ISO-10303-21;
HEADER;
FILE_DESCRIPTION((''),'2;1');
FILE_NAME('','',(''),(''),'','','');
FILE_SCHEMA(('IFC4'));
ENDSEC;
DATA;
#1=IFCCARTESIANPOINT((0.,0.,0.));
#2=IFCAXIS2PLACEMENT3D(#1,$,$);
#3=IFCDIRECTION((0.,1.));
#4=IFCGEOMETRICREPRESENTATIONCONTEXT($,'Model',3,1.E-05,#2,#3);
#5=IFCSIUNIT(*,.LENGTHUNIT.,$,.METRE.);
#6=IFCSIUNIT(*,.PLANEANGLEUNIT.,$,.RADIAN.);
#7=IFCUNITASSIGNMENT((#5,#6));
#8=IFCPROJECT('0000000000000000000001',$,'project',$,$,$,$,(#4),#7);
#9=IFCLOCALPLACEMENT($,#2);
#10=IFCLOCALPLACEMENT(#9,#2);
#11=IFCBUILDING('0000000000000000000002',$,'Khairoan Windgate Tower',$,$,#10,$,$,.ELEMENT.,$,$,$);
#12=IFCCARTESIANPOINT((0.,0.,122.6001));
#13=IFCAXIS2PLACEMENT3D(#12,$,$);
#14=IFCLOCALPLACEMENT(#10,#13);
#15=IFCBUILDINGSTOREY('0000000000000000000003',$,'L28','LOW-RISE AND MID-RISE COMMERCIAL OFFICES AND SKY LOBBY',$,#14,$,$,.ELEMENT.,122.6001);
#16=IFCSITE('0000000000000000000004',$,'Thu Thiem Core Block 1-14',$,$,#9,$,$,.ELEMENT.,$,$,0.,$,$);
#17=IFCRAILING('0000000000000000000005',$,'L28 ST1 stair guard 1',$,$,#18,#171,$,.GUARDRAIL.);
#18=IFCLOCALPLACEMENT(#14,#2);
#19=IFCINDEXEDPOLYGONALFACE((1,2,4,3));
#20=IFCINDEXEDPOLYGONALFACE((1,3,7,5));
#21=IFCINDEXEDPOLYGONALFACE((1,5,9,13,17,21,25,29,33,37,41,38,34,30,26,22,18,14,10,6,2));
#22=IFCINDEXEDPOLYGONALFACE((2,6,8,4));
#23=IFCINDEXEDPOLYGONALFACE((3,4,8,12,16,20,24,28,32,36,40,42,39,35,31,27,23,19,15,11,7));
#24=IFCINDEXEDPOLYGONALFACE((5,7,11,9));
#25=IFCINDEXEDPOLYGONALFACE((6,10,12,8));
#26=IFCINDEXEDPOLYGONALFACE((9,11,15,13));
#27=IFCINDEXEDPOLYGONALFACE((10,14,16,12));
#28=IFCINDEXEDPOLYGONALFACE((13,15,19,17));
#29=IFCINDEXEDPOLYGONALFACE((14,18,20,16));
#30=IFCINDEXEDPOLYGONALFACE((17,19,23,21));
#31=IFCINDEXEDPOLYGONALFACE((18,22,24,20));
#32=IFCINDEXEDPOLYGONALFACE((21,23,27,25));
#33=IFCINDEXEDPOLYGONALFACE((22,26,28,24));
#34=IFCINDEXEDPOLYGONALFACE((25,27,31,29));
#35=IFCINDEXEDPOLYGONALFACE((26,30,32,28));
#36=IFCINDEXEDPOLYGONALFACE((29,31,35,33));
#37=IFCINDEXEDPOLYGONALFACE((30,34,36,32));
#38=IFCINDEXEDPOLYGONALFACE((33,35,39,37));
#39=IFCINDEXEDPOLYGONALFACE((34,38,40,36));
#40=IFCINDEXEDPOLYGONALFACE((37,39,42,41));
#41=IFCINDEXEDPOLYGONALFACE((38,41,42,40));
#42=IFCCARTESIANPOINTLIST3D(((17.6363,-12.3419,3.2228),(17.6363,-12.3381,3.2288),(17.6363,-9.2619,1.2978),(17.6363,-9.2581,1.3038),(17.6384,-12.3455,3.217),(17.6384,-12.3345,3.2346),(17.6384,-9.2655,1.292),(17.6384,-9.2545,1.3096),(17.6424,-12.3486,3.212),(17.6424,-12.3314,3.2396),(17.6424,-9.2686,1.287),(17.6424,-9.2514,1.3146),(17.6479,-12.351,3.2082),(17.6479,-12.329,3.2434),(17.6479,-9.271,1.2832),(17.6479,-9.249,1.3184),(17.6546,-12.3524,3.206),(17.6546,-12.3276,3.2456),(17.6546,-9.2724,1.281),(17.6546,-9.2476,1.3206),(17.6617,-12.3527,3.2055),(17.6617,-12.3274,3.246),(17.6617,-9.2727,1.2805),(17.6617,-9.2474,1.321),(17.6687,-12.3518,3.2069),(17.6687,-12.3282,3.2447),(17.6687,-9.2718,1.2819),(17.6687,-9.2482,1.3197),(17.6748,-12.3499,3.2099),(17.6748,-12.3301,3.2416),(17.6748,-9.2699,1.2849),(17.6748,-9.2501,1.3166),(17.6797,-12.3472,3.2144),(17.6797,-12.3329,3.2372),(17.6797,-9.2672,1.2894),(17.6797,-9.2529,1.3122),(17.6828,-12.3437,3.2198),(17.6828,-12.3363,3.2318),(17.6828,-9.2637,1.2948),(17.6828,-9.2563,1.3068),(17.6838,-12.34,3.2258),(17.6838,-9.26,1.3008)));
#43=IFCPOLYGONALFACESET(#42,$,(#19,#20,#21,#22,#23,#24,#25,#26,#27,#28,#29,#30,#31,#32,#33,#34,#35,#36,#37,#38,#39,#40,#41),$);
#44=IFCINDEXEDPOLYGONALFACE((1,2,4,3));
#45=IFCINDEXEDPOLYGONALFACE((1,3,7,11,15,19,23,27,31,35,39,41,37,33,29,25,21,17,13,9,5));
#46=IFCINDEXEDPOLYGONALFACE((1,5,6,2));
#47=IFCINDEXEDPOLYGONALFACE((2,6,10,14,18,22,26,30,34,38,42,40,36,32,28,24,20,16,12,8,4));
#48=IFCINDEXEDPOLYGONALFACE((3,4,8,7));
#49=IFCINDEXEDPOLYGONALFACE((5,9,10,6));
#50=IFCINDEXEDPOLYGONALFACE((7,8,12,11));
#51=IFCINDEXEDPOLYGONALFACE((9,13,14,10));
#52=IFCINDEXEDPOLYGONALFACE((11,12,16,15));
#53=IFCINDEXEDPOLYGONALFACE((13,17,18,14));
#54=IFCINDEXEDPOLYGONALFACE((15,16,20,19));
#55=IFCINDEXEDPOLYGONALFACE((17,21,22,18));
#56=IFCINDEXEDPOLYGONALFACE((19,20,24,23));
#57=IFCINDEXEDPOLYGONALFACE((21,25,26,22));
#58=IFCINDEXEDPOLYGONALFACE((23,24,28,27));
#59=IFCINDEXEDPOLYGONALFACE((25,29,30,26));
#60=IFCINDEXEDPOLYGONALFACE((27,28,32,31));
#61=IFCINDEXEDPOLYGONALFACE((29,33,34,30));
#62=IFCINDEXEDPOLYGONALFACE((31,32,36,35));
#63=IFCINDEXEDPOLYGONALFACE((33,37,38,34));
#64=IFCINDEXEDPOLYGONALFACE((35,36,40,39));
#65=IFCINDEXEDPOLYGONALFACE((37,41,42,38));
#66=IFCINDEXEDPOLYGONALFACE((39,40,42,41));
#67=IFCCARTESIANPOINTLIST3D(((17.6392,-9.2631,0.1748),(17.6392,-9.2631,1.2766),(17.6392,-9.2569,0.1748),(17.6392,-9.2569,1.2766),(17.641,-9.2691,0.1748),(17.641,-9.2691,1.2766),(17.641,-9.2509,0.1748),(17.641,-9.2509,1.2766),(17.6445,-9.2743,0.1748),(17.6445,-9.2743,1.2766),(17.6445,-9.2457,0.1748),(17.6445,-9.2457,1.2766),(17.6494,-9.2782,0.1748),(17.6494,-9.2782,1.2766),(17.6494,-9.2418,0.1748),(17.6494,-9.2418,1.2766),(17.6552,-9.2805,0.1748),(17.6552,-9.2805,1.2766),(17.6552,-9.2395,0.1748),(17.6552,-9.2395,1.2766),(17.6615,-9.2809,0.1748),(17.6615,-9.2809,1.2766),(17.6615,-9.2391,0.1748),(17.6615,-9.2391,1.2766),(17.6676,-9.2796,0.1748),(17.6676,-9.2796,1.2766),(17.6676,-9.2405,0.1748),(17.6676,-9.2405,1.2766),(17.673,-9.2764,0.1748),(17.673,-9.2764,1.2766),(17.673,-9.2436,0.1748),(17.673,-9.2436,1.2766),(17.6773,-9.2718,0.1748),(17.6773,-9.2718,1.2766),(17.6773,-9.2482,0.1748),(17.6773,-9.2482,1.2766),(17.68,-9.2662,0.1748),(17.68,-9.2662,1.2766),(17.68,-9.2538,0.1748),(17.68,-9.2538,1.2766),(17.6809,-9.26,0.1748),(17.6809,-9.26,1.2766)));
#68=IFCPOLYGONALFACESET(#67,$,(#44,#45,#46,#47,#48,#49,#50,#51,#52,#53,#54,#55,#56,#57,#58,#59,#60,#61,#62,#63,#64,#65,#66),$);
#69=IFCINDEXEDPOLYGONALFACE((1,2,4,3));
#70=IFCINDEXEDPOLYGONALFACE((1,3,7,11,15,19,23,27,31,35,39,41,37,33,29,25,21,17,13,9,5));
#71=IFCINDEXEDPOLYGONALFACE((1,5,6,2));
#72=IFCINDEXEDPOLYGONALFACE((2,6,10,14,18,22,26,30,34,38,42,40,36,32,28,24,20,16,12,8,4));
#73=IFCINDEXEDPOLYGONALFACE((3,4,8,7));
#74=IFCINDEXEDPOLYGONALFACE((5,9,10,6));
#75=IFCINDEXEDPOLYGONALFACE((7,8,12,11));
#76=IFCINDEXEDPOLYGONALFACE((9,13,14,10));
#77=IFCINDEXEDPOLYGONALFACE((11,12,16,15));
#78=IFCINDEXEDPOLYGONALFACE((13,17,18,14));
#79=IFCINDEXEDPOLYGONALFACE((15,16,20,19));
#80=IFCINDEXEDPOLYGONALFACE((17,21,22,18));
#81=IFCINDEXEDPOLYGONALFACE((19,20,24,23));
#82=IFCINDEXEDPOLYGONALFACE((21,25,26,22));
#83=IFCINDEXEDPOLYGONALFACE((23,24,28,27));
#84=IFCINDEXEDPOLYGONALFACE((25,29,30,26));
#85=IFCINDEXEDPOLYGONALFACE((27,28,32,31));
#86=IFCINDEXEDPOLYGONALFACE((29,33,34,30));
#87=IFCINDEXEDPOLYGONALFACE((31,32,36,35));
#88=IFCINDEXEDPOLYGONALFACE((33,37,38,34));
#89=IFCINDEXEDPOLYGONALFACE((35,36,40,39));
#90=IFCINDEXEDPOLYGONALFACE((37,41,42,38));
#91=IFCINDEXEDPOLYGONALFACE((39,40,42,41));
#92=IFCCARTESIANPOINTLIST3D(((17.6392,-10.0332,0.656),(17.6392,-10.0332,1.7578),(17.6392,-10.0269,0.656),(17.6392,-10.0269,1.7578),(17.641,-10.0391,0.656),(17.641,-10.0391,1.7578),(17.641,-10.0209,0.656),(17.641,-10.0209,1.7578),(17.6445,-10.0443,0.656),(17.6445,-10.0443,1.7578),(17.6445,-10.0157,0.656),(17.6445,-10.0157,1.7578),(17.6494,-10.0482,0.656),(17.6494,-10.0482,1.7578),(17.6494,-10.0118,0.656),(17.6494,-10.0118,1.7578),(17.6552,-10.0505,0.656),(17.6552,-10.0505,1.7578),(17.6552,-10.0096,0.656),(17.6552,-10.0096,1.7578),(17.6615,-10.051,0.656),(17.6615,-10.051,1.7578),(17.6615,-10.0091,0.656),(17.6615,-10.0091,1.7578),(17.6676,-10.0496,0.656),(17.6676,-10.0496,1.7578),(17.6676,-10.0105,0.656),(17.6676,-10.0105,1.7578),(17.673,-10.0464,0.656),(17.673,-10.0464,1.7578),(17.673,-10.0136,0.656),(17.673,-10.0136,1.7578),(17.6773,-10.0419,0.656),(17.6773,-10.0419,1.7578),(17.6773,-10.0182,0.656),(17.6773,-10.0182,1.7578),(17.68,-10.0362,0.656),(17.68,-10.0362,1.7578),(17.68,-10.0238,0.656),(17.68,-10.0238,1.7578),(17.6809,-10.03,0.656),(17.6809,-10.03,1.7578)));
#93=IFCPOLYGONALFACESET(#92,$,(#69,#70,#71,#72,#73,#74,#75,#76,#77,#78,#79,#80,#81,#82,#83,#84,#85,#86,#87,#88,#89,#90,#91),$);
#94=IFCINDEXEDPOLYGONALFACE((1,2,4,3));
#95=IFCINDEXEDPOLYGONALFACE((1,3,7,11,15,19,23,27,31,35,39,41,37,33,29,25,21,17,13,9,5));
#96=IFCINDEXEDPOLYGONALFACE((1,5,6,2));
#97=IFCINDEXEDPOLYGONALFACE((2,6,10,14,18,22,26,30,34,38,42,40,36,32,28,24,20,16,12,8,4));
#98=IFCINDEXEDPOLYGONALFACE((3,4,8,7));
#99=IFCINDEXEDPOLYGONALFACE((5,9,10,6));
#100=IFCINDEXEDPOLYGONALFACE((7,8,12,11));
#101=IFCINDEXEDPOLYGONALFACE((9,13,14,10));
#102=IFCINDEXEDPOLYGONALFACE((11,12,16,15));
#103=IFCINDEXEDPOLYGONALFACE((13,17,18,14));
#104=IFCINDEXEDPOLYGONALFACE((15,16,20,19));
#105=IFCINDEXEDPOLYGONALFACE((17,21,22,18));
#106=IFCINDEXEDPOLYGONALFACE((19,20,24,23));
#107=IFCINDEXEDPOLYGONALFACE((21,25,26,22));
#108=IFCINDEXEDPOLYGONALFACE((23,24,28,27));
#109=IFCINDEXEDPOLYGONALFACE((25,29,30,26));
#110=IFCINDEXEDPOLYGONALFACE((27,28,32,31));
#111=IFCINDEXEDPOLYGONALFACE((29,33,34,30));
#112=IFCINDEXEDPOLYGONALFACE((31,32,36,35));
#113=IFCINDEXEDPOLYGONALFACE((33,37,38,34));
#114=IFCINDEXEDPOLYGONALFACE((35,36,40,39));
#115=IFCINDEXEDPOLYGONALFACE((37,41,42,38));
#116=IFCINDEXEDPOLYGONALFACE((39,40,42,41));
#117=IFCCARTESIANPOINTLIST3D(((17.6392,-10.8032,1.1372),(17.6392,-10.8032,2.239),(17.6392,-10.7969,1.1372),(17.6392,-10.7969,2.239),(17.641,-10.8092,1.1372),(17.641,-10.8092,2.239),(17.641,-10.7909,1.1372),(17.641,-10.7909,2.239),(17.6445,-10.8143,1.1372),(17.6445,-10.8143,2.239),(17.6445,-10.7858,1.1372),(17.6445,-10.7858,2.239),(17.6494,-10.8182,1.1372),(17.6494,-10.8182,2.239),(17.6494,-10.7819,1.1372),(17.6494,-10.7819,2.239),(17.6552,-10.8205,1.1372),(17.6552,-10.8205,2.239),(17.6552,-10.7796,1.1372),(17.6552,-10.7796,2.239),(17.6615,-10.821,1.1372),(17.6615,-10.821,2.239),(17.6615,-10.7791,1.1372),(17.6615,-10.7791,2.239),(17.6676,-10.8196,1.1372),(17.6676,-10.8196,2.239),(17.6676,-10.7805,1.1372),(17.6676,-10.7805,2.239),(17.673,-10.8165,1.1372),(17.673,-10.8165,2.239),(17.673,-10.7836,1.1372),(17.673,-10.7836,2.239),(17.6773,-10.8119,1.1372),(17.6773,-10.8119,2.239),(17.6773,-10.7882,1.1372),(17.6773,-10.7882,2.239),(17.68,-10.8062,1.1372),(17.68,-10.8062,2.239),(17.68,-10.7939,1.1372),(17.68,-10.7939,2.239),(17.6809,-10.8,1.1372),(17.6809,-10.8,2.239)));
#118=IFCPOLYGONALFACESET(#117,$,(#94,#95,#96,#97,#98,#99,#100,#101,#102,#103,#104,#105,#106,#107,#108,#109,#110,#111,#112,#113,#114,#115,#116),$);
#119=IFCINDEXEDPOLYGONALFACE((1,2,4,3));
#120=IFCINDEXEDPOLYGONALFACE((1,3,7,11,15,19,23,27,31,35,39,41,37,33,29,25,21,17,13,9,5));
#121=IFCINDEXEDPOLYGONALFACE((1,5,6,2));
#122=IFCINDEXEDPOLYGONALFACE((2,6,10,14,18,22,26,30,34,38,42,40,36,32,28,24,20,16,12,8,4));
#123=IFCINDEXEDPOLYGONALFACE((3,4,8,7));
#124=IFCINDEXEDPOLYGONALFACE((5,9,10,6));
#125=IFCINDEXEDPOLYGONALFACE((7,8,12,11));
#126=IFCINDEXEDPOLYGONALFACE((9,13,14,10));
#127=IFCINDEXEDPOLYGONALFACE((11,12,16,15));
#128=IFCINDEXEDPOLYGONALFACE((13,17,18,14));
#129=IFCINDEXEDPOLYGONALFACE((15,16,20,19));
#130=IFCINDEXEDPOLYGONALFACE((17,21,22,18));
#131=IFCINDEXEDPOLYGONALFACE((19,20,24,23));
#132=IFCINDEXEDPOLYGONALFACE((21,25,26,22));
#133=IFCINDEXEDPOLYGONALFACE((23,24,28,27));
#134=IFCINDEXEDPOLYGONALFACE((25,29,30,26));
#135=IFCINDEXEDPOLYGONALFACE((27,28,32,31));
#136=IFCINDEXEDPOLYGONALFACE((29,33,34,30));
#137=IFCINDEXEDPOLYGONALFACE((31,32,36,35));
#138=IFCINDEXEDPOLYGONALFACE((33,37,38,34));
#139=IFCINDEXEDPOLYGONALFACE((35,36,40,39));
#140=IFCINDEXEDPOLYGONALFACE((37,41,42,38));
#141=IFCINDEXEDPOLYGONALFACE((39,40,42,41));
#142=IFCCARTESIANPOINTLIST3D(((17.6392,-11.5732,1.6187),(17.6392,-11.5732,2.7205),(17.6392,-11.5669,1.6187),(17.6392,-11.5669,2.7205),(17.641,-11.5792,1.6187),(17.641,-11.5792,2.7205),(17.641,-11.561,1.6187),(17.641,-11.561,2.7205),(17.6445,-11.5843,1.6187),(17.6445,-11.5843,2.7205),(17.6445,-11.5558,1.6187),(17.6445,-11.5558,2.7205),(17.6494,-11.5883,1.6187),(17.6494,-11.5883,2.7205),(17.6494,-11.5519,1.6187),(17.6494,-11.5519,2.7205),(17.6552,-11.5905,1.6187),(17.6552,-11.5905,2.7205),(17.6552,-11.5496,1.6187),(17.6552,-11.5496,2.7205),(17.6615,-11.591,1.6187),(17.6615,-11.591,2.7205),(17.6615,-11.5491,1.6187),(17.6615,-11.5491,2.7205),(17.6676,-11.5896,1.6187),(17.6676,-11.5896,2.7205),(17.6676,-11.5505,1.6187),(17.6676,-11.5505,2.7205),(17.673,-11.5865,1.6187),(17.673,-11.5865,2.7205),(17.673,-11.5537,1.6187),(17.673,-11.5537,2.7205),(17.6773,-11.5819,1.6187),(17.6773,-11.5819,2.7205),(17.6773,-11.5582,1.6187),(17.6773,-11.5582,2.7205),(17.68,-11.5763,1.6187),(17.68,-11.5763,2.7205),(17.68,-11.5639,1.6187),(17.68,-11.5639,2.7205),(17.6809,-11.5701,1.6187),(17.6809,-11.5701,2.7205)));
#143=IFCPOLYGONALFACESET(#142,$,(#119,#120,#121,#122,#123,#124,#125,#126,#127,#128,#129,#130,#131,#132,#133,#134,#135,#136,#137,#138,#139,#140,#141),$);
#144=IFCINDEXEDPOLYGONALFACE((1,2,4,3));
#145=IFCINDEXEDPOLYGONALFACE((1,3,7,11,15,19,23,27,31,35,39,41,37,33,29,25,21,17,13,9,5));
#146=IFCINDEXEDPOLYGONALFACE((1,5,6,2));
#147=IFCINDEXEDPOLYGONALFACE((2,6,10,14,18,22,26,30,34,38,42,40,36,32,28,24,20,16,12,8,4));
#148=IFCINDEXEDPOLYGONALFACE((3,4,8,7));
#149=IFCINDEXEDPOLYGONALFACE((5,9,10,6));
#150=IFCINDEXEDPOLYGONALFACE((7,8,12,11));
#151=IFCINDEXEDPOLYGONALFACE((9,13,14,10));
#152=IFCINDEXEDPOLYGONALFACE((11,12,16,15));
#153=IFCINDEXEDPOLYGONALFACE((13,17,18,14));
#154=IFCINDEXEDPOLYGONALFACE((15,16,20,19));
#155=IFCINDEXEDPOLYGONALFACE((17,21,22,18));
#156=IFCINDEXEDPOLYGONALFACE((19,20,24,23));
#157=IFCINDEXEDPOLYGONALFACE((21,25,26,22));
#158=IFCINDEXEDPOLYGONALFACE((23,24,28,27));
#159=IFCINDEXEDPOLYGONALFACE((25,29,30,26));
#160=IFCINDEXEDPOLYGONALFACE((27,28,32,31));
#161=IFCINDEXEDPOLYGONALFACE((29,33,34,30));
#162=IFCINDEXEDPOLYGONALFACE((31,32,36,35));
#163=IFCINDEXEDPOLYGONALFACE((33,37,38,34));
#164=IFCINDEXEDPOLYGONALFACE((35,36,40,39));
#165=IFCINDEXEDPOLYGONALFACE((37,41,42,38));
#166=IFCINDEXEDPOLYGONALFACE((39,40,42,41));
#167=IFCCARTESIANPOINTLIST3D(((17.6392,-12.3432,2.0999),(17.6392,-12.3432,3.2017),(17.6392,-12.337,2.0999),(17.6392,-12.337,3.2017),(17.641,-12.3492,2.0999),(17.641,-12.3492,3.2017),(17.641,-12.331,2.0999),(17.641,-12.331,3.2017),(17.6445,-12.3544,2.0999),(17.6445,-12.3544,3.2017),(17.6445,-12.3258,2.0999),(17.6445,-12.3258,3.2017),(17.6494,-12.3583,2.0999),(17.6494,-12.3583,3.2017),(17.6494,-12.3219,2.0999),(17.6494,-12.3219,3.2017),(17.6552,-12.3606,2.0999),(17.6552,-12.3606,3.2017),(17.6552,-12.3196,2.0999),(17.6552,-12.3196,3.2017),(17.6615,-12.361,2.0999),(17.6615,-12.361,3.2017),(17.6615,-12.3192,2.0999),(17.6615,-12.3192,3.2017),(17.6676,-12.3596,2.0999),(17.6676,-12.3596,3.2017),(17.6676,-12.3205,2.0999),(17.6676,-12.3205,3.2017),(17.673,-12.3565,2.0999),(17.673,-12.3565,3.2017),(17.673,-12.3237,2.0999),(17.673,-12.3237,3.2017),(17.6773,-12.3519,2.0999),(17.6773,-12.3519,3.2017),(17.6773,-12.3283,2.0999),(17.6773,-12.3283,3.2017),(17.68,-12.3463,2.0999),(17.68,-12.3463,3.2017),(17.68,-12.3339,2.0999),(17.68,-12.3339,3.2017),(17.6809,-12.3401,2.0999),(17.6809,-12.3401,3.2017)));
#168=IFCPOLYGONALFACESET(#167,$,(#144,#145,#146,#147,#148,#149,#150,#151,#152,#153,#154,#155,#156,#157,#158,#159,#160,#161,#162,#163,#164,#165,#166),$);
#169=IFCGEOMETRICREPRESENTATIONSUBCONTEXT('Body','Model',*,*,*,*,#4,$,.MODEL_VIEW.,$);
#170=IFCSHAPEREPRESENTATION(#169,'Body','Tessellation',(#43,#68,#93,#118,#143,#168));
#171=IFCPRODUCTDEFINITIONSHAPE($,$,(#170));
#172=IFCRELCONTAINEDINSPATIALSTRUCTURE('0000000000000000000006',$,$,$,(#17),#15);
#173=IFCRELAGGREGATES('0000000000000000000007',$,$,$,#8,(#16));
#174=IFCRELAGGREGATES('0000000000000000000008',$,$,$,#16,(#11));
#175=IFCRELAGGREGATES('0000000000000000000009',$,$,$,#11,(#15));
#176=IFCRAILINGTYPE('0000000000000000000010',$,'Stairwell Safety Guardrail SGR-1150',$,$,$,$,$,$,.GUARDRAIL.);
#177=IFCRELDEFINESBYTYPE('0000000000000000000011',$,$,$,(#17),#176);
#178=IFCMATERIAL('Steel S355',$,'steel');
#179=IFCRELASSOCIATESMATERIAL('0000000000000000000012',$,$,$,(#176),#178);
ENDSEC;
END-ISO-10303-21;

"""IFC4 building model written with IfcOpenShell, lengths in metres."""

from ifc_helpers import new_model, si_unit, direction, frame, origin, origin_2d, place, context, subcontext, project, spatial, circle, extrude, material, type_object, element, save


model = new_model("IFC4")

# Units and contexts
model_context = context("Model", 3, precision=1e-05, world=origin(), true_north=direction((0.0, 1.0)))
body_context = subcontext(model_context, "Body", "Model", "MODEL_VIEW")
ifc_project = project(units=[si_unit("LENGTHUNIT", "METRE"), si_unit("PLANEANGLEUNIT", "RADIAN")], contexts=[model_context])

# Site, building, storey
site_placement = place(None, origin())
site = spatial("IfcSite", under=ifc_project, at=site_placement, Name="Thu Thiem Core Block 1-14", CompositionType="ELEMENT", RefElevation=0.0)
building_placement = place(site_placement, origin())
building = spatial("IfcBuilding", under=site, at=building_placement, Name="Khairoan Windgate Tower", CompositionType="ELEMENT")
storey_placement = place(building_placement, frame((0.0, 0.0, 122.6001)))
storey = spatial("IfcBuildingStorey", under=building, at=storey_placement, Name="L28", Description="LOW-RISE AND MID-RISE COMMERCIAL OFFICES AND SKY LOBBY", CompositionType="ELEMENT", Elevation=122.6001)

# Railing
ifc_material_1 = material(Name="Steel S355", Category="steel")
railing_type_1 = type_object("IfcRailingType", Name="Stairwell Safety Guardrail SGR-1150", PredefinedType="GUARDRAIL", material=ifc_material_1)
railing_1_placement = place(storey_placement, frame((17.6599, -9.26, 0.1748)))
element("IfcRailing", 1, at=railing_1_placement, inside=storey, type_object=railing_type_1, Name="L28 ST1 stair guard 1", PredefinedType="GUARDRAIL", context=body_context, shape_type="SweptSolid", body=[
    extrude(circle(Radius=0.0239, at=origin_2d()), frame((0.0, 0.0, 1.126), z_axis=(0.0, -0.847998, 0.529999), x_axis=(1.0, 0.0, 0.0)), (0.0, 0.0, 1.0), 3.6321),
    extrude(circle(Radius=0.021, at=origin_2d()), origin(), (0.0, 0.0, 1.0), 1.1018),
    extrude(circle(Radius=0.021, at=origin_2d()), frame((0.0, -0.77, 0.4812)), (0.0, 0.0, 1.0), 1.1018),
    extrude(circle(Radius=0.021, at=origin_2d()), frame((0.0, -1.54, 0.9624)), (0.0, 0.0, 1.0), 1.1018),
    extrude(circle(Radius=0.021, at=origin_2d()), frame((0.0, -2.3101, 1.4438)), (0.0, 0.0, 1.0), 1.1018),
    extrude(circle(Radius=0.021, at=origin_2d()), frame((0.0, -3.0801, 1.925)), (0.0, 0.0, 1.0), 1.1018),
])

save(model, "model.ifc")
